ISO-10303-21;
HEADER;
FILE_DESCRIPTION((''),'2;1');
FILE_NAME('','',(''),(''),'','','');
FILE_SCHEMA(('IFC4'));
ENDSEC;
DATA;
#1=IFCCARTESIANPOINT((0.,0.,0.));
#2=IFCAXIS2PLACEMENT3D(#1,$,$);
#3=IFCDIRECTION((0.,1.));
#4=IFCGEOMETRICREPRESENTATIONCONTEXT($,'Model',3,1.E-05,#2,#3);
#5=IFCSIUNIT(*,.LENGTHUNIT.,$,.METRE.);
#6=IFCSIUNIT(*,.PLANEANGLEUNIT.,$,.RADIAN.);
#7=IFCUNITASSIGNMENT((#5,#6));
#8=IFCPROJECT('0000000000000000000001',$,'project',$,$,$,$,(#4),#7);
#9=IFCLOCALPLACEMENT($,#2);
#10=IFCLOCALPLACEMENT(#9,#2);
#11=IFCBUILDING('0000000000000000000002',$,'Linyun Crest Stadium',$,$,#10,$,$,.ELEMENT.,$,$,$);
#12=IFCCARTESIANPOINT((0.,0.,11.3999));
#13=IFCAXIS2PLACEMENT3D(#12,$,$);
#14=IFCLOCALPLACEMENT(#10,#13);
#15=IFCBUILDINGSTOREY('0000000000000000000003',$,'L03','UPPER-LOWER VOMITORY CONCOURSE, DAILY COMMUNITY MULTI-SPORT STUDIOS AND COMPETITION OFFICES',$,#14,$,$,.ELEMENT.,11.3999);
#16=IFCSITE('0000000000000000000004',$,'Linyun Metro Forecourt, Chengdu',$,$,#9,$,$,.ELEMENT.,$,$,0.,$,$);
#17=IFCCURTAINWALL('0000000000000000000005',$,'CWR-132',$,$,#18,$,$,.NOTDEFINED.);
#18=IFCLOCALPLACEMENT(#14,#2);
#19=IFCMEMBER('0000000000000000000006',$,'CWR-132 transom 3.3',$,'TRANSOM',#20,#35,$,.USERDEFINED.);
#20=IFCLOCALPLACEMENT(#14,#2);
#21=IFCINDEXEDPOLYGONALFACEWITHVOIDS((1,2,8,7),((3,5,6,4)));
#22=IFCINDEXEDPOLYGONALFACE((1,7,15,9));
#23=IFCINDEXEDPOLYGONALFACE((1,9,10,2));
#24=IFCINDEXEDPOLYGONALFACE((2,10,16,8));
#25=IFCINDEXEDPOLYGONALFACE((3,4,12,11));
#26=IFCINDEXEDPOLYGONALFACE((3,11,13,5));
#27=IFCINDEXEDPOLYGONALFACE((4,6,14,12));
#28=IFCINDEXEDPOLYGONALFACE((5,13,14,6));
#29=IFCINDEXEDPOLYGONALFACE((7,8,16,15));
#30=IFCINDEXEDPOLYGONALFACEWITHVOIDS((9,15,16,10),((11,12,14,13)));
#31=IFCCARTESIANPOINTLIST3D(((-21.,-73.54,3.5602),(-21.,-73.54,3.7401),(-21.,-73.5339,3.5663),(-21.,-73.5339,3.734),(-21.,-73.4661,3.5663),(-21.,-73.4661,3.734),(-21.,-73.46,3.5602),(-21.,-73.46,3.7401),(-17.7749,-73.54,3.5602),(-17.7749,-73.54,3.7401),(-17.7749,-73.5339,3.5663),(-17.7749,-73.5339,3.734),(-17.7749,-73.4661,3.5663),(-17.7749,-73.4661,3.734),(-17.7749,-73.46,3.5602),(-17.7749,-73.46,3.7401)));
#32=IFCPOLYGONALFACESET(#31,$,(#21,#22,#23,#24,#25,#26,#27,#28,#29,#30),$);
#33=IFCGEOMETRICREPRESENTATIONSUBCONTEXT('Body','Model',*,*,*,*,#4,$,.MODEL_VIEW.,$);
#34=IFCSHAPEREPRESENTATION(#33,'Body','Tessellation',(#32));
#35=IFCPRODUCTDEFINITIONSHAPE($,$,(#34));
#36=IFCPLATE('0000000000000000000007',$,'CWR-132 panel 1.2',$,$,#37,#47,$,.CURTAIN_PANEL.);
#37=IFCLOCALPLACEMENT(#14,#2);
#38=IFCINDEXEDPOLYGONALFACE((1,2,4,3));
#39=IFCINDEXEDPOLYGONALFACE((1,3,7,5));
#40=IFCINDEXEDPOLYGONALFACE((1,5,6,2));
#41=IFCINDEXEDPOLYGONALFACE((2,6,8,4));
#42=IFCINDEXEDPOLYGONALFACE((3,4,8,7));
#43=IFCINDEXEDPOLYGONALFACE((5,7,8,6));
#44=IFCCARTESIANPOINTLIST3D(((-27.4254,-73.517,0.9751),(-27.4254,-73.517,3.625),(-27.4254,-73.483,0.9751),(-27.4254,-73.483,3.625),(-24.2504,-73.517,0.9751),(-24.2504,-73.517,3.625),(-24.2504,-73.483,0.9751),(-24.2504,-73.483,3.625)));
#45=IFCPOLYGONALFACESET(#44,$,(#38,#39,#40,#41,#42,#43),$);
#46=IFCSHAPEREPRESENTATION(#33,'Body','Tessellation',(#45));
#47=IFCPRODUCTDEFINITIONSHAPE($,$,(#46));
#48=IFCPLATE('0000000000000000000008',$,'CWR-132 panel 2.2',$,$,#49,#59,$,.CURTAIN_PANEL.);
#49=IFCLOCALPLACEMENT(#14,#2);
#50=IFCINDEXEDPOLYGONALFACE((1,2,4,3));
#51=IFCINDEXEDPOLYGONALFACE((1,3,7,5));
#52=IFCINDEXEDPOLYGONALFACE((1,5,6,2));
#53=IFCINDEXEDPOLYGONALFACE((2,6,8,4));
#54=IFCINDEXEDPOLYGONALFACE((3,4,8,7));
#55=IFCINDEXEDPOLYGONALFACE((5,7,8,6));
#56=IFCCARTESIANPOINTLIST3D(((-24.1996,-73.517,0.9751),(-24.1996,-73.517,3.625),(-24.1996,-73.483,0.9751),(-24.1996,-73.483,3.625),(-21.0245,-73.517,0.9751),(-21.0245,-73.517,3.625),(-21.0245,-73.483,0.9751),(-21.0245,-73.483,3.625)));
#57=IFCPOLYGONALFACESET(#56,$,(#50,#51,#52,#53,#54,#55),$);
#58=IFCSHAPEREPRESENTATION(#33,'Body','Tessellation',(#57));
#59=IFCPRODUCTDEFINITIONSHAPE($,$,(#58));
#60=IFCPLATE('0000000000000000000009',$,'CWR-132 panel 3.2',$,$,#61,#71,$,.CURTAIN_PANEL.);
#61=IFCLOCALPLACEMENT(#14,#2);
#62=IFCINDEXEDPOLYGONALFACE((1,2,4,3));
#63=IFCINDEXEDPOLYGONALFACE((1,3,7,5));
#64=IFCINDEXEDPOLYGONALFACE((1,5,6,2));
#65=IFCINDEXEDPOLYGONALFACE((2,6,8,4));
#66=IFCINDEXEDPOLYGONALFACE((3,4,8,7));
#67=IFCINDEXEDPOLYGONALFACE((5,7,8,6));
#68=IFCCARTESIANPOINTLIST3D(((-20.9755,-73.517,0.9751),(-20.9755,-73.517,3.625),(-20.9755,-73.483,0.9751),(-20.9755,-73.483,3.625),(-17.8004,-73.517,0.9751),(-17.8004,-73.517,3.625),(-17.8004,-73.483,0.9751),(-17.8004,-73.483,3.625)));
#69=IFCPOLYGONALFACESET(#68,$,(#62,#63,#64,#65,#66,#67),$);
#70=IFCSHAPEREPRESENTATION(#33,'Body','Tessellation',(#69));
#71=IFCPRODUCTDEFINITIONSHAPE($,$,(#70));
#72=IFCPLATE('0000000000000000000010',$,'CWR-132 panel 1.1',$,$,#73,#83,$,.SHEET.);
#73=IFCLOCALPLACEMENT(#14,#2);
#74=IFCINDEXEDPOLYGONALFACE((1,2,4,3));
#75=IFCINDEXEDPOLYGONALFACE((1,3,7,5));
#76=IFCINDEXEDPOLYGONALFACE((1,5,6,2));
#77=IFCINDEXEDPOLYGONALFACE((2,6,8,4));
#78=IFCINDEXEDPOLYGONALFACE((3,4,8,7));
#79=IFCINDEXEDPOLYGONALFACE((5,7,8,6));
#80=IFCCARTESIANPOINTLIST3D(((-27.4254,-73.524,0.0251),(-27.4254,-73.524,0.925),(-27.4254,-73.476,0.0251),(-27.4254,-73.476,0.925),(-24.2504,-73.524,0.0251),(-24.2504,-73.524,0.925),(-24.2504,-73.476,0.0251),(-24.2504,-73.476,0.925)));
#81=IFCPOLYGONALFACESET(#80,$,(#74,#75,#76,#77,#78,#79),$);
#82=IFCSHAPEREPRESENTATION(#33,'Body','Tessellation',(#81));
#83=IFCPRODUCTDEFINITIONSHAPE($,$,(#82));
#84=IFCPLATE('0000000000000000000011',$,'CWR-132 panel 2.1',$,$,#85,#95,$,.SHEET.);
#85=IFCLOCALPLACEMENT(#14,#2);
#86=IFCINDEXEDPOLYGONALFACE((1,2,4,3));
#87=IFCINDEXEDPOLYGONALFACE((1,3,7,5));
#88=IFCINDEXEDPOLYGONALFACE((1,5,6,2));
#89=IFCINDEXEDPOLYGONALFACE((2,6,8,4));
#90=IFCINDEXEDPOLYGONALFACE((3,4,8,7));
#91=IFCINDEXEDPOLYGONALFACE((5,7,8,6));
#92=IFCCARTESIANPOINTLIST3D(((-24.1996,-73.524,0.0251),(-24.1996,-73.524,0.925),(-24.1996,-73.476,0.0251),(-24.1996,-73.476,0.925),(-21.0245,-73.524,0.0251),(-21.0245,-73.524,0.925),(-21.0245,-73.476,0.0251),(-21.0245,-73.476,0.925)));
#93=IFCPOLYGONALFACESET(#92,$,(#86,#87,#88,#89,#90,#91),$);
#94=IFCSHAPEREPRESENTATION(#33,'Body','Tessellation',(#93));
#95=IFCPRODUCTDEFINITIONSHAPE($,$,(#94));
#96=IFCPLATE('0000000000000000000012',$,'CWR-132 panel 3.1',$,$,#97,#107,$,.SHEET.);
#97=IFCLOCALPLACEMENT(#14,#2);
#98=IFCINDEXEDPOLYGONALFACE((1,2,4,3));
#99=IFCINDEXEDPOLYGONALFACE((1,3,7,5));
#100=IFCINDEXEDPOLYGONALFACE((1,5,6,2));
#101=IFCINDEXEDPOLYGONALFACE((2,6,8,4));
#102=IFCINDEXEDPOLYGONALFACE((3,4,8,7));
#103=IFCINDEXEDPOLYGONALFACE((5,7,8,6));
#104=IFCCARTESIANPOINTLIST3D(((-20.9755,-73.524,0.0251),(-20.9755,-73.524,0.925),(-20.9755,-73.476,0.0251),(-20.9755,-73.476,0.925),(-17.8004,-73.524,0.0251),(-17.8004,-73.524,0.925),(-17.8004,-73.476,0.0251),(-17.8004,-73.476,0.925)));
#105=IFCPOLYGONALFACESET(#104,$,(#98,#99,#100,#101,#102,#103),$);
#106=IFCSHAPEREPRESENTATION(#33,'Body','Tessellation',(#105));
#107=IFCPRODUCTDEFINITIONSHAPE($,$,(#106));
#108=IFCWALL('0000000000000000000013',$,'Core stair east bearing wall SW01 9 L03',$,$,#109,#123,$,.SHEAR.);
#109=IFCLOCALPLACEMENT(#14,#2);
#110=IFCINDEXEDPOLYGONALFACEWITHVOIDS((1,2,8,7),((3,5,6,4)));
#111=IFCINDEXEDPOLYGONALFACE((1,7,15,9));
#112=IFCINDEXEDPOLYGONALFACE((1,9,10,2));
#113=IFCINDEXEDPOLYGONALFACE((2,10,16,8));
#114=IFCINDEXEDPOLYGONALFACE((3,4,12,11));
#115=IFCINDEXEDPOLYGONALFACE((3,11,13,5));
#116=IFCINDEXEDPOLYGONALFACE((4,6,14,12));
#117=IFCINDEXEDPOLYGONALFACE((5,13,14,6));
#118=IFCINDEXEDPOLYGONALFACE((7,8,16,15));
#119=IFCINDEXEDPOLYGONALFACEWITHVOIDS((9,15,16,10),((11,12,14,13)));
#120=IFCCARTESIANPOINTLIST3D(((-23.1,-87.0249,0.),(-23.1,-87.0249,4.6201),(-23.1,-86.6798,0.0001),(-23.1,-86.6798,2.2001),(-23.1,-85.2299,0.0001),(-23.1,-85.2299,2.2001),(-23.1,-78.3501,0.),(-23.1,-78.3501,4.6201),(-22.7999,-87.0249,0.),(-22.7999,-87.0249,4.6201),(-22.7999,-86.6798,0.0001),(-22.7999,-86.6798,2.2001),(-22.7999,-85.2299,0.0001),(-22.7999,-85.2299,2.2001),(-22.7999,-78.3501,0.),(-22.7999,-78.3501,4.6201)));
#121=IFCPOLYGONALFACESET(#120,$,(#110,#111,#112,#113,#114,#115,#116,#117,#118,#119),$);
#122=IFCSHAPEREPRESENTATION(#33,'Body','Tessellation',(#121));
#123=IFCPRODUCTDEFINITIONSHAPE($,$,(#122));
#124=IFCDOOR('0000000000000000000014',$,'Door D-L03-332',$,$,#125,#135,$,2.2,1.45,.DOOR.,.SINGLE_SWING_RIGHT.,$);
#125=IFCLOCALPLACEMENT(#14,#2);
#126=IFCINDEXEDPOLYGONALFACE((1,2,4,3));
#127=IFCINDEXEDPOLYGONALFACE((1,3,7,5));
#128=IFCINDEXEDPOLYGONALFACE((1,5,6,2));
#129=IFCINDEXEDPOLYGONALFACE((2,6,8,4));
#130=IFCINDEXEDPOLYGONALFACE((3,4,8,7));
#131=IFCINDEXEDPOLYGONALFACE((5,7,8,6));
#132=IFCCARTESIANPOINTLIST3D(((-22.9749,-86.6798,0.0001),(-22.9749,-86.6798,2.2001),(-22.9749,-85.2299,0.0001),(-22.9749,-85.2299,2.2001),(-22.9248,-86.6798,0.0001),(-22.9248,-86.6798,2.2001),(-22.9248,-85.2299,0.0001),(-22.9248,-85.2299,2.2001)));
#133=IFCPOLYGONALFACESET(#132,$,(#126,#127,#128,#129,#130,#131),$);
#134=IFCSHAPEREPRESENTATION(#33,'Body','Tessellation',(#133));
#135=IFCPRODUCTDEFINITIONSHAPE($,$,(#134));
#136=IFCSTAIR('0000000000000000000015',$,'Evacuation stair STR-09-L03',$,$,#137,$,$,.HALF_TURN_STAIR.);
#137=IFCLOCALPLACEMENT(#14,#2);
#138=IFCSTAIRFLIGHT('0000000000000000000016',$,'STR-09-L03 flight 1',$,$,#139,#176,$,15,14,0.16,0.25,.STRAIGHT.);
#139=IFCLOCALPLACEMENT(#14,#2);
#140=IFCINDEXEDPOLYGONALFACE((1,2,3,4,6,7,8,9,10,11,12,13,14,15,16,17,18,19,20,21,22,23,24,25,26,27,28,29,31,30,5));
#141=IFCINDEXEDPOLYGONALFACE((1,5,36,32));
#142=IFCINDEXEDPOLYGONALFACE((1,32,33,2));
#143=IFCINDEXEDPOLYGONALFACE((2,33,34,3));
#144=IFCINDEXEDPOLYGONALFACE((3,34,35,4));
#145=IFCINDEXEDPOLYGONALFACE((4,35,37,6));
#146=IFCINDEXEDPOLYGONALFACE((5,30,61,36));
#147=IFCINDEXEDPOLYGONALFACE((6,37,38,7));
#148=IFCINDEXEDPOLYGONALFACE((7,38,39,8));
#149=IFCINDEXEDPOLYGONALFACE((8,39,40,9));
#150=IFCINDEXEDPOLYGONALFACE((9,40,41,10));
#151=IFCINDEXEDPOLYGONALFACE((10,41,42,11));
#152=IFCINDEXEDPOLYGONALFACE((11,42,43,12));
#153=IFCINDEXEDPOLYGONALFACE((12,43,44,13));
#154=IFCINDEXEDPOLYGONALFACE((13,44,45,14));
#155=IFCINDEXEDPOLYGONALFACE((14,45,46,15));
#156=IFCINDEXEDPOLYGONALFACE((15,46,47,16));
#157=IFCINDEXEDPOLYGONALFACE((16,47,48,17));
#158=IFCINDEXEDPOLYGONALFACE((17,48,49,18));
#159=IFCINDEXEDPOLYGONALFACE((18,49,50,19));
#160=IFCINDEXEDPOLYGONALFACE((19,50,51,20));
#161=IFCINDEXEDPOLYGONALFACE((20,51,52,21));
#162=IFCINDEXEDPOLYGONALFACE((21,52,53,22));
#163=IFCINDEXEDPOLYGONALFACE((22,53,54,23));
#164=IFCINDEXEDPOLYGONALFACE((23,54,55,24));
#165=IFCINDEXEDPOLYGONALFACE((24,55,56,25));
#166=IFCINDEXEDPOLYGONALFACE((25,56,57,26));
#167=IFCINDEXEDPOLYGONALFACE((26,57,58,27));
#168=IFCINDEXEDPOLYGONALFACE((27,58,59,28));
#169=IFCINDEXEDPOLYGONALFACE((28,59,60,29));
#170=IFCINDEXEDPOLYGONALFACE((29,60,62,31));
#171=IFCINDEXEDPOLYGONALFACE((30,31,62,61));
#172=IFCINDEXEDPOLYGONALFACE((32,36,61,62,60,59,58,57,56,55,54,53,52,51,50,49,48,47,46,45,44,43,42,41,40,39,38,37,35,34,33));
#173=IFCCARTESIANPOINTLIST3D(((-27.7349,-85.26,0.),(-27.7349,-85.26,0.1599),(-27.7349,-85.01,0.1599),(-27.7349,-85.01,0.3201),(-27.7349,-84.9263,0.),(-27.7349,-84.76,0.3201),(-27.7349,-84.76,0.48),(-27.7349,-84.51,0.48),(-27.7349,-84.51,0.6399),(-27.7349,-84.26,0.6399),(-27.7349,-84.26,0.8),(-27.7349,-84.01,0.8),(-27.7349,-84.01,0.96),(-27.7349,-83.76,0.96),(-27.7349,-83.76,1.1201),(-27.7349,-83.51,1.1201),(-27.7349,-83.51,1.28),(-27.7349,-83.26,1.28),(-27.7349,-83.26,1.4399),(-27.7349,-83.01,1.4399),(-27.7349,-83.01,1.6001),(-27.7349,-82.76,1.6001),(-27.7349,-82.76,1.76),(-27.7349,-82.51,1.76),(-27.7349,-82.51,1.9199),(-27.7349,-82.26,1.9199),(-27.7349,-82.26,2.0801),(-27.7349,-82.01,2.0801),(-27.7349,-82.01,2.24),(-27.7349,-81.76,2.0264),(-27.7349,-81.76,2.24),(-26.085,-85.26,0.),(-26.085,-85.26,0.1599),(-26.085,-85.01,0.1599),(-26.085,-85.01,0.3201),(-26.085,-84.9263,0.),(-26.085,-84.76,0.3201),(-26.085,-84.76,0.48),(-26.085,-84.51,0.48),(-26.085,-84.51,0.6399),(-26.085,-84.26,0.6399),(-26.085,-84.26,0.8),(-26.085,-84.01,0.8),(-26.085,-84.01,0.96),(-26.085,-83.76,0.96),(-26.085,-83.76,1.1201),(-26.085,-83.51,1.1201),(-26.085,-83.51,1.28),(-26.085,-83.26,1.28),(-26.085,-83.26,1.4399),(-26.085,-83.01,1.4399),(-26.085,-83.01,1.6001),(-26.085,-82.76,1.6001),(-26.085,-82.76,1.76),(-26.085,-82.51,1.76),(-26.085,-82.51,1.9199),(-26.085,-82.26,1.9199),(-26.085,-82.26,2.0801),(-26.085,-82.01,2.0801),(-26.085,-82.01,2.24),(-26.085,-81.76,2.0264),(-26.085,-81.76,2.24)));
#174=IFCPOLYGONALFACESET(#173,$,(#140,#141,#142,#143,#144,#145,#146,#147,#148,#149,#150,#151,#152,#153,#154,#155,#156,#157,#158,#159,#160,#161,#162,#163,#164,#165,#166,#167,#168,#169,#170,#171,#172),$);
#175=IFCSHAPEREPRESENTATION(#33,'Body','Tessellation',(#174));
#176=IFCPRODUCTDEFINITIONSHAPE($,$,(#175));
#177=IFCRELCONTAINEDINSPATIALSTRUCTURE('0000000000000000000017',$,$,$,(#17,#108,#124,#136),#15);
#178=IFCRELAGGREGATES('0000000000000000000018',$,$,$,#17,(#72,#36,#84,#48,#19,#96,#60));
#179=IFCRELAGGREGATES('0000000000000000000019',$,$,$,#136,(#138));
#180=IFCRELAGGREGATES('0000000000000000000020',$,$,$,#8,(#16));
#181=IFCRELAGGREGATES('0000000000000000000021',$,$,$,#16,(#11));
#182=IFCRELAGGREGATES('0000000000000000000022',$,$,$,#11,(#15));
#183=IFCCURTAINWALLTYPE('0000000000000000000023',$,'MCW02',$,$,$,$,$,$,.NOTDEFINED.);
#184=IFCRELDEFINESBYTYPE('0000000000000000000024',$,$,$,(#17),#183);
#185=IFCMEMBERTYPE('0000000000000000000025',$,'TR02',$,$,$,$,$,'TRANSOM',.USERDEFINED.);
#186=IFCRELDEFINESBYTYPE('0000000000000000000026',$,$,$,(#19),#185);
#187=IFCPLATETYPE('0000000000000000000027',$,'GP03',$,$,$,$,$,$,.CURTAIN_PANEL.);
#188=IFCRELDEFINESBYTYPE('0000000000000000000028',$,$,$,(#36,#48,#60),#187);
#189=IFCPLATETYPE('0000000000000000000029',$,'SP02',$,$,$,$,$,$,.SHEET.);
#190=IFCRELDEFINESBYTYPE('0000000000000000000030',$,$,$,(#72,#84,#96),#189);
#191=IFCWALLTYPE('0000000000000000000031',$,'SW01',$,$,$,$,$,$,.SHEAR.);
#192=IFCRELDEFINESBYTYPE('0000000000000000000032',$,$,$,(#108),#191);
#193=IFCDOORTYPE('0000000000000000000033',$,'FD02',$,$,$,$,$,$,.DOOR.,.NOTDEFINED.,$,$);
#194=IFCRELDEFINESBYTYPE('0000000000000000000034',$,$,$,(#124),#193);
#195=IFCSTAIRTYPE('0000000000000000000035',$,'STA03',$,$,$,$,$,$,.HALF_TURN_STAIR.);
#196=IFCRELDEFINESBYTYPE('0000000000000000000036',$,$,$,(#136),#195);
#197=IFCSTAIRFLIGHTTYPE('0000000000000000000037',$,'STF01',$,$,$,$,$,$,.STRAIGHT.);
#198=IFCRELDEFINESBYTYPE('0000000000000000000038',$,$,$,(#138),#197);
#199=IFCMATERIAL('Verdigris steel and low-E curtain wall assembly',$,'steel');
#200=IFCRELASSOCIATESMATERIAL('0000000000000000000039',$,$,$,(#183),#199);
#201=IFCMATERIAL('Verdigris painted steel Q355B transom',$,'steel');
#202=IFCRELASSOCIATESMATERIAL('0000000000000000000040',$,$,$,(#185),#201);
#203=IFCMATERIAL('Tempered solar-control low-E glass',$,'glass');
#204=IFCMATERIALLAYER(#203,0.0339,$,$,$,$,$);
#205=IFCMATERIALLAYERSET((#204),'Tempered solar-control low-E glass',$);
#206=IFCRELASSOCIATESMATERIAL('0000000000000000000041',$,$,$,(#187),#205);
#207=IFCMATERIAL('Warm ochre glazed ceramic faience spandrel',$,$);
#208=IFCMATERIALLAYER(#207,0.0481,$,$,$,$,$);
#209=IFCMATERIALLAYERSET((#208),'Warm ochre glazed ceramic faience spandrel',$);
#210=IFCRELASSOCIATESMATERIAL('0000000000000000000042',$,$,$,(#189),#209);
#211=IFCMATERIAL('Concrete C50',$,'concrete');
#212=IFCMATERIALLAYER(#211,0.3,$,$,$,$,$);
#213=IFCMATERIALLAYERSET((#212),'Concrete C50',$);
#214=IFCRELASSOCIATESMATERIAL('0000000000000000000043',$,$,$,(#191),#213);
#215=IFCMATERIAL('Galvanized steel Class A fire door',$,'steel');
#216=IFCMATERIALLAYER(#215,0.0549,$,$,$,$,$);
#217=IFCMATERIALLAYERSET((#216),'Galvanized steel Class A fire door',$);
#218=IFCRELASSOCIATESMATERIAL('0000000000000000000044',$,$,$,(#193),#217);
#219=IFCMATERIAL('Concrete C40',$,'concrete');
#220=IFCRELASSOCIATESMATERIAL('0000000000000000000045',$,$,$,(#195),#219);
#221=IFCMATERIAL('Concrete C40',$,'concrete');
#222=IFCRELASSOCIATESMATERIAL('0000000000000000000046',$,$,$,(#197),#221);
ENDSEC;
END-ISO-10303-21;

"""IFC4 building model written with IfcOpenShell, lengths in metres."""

from ifc_helpers import new_model, si_unit, direction, frame, frame_2d, origin, origin_2d, place, context, subcontext, project, spatial, polyline, rectangle, hollow_rectangle, outline, extrude, material, layer, layer_set, material_profile, profile_set, type_object, element, fill, aggregate, save


model = new_model("IFC4")

# Units and contexts
model_context = context("Model", 3, precision=1e-05, world=origin(), true_north=direction((0.0, 1.0)))
body_context = subcontext(model_context, "Body", "Model", "MODEL_VIEW")
ifc_project = project(units=[si_unit("LENGTHUNIT", "METRE"), si_unit("PLANEANGLEUNIT", "RADIAN")], contexts=[model_context])

# Site, building, storey
site_placement = place(None, origin())
site = spatial("IfcSite", under=ifc_project, at=site_placement, Name="Linyun Metro Forecourt, Chengdu", CompositionType="ELEMENT", RefElevation=0.0)
building_placement = place(site_placement, origin())
building = spatial("IfcBuilding", under=site, at=building_placement, Name="Linyun Crest Stadium", CompositionType="ELEMENT")
storey_placement = place(building_placement, frame((0.0, 0.0, 11.3999)))
storey = spatial("IfcBuildingStorey", under=building, at=storey_placement, Name="L03", Description="UPPER-LOWER VOMITORY CONCOURSE, DAILY COMMUNITY MULTI-SPORT STUDIOS AND COMPETITION OFFICES", CompositionType="ELEMENT", Elevation=11.3999)

# Curtain wall, member, plates
ifc_material_1 = material(Name="Verdigris steel and low-E curtain wall assembly", Category="steel")
curtain_wall_type = type_object("IfcCurtainWallType", Name="MCW02", PredefinedType="NOTDEFINED", material=ifc_material_1)
curtain_wall_placement = place(storey_placement, origin())
curtain_wall = element("IfcCurtainWall", 1, at=curtain_wall_placement, inside=storey, type_object=curtain_wall_type, Name="CWR-132", PredefinedType="NOTDEFINED")
ifc_material_2 = material(Name="Verdigris painted steel Q355B transom", Category="steel")
ifc_material_profile_1 = material_profile(ifc_material_2, hollow_rectangle(XDim=0.0801, YDim=0.1799, WallThickness=0.0061, at=origin_2d()), Name="RHS 180x80x6")
ifc_profile_set_1 = profile_set([ifc_material_profile_1], Name="Verdigris painted steel Q355B transom")
member_type_1 = type_object("IfcMemberType", Name="TR02", ElementType="TRANSOM", PredefinedType="USERDEFINED", material=ifc_profile_set_1)
member_1_placement = place(storey_placement, frame((-21.0, -73.5, 3.6501), z_axis=(1.0, 0.0, 0.0), x_axis=(0.0, 1.0, 0.0)))
member_1 = element("IfcMember", 2, at=member_1_placement, type_object=member_type_1, Name="CWR-132 transom 3.3", ObjectType="TRANSOM", PredefinedType="USERDEFINED", context=body_context, shape_type="SweptSolid", body=[
    extrude(hollow_rectangle(XDim=0.0801, YDim=0.1799, WallThickness=0.0061, at=origin_2d()), origin(), (0.0, 0.0, 1.0), 3.2251),
])
ifc_material_3 = material(Name="Tempered solar-control low-E glass", Category="glass")
ifc_layer_1 = layer(ifc_material_3, 0.0339)
ifc_layer_set_1 = layer_set([ifc_layer_1], Name="Tempered solar-control low-E glass")
plate_type_1 = type_object("IfcPlateType", Name="GP03", PredefinedType="CURTAIN_PANEL", material=ifc_layer_set_1)
plate_1_placement = place(storey_placement, frame((-25.8379, -73.5, 0.9751), z_axis=(0.0, 0.0, 1.0), x_axis=(1.0, 0.0, 0.0)))
plate_1 = element("IfcPlate", 3, at=plate_1_placement, type_object=plate_type_1, Name="CWR-132 panel 1.2", PredefinedType="CURTAIN_PANEL", context=body_context, shape_type="SweptSolid", body=[
    extrude(rectangle(XDim=3.175, YDim=0.0339, at=origin_2d()), origin(), (0.0, 0.0, 1.0), 2.6499),
])
plate_2_placement = place(storey_placement, frame((-22.6121, -73.5, 0.9751), z_axis=(0.0, 0.0, 1.0), x_axis=(1.0, 0.0, 0.0)))
plate_2 = element("IfcPlate", 4, at=plate_2_placement, type_object=plate_type_1, Name="CWR-132 panel 2.2", PredefinedType="CURTAIN_PANEL", context=body_context, shape_type="SweptSolid", body=[
    extrude(rectangle(XDim=3.175, YDim=0.0339, at=origin_2d()), origin(), (0.0, 0.0, 1.0), 2.6499),
])
plate_3_placement = place(storey_placement, frame((-19.3879, -73.5, 0.9751), z_axis=(0.0, 0.0, 1.0), x_axis=(1.0, 0.0, 0.0)))
plate_3 = element("IfcPlate", 5, at=plate_3_placement, type_object=plate_type_1, Name="CWR-132 panel 3.2", PredefinedType="CURTAIN_PANEL", context=body_context, shape_type="SweptSolid", body=[
    extrude(rectangle(XDim=3.175, YDim=0.0339, at=origin_2d()), origin(), (0.0, 0.0, 1.0), 2.6499),
])
ifc_material_4 = material(Name="Warm ochre glazed ceramic faience spandrel")
ifc_layer_2 = layer(ifc_material_4, 0.0481)
ifc_layer_set_2 = layer_set([ifc_layer_2], Name="Warm ochre glazed ceramic faience spandrel")
plate_type_2 = type_object("IfcPlateType", Name="SP02", PredefinedType="SHEET", material=ifc_layer_set_2)
plate_4_placement = place(storey_placement, frame((-25.8379, -73.5, 0.0251), z_axis=(0.0, 0.0, 1.0), x_axis=(1.0, 0.0, 0.0)))
plate_4 = element("IfcPlate", 6, at=plate_4_placement, type_object=plate_type_2, Name="CWR-132 panel 1.1", PredefinedType="SHEET", context=body_context, shape_type="SweptSolid", body=[
    extrude(rectangle(XDim=3.175, YDim=0.0481, at=origin_2d()), origin(), (0.0, 0.0, 1.0), 0.8999),
])
plate_5_placement = place(storey_placement, frame((-22.6121, -73.5, 0.0251), z_axis=(0.0, 0.0, 1.0), x_axis=(1.0, 0.0, 0.0)))
plate_5 = element("IfcPlate", 7, at=plate_5_placement, type_object=plate_type_2, Name="CWR-132 panel 2.1", PredefinedType="SHEET", context=body_context, shape_type="SweptSolid", body=[
    extrude(rectangle(XDim=3.175, YDim=0.0481, at=origin_2d()), origin(), (0.0, 0.0, 1.0), 0.8999),
])
plate_6_placement = place(storey_placement, frame((-19.3879, -73.5, 0.0251), z_axis=(0.0, 0.0, 1.0), x_axis=(1.0, 0.0, 0.0)))
plate_6 = element("IfcPlate", 8, at=plate_6_placement, type_object=plate_type_2, Name="CWR-132 panel 3.1", PredefinedType="SHEET", context=body_context, shape_type="SweptSolid", body=[
    extrude(rectangle(XDim=3.175, YDim=0.0481, at=origin_2d()), origin(), (0.0, 0.0, 1.0), 0.8999),
])
aggregate(curtain_wall, [plate_4, plate_1, plate_5, plate_2, member_1, plate_6, plate_3])

# Wall, opening, door
ifc_material_5 = material(Name="Concrete C50", Category="concrete")
ifc_layer_3 = layer(ifc_material_5, 0.3)
ifc_layer_set_3 = layer_set([ifc_layer_3], Name="Concrete C50")
wall_type = type_object("IfcWallType", Name="SW01", PredefinedType="SHEAR", material=ifc_layer_set_3)
wall_placement = place(storey_placement, frame((-22.95, -87.0249, 0.0), z_axis=(0.0, 0.0, 1.0), x_axis=(0.0, 1.0, 0.0)))
wall = element("IfcWall", 9, at=wall_placement, inside=storey, type_object=wall_type, Name="Core stair east bearing wall SW01 9 L03", PredefinedType="SHEAR", context=body_context, shape_type="SweptSolid", body=[
    extrude(rectangle(XDim=8.6748, YDim=0.3, at=frame_2d((4.3374, 0.0))), origin(), (0.0, 0.0, 1.0), 4.6201),
])
opening_placement = place(wall_placement, frame((0.345, 0.0, 0.0)))
opening = element("IfcOpeningElement", 10, at=opening_placement, cuts=wall, PredefinedType="OPENING", context=body_context, shape_type="SweptSolid", body=[
    extrude(rectangle(XDim=1.45, YDim=2.2, at=frame_2d((0.7251, 1.1001))), frame((0.0, 0.1599, 0.0), z_axis=(0.0, -1.0, 0.0), x_axis=(1.0, 0.0, 0.0)), (0.0, 0.0, 1.0), 0.3201),
])
ifc_material_6 = material(Name="Galvanized steel Class A fire door", Category="steel")
ifc_layer_4 = layer(ifc_material_6, 0.0549)
ifc_layer_set_4 = layer_set([ifc_layer_4], Name="Galvanized steel Class A fire door")
door_type = type_object("IfcDoorType", Name="FD02", OperationType="NOTDEFINED", PredefinedType="DOOR", material=ifc_layer_set_4)
door_placement = place(opening_placement, origin())
door = element("IfcDoor", 11, at=door_placement, inside=storey, type_object=door_type, Name="Door D-L03-332", OperationType="SINGLE_SWING_RIGHT", OverallHeight=2.2, OverallWidth=1.45, PredefinedType="DOOR", context=body_context, shape_type="SweptSolid", body=[
    extrude(rectangle(XDim=1.45, YDim=2.2, at=frame_2d((0.7251, 1.1001))), frame((0.0, 0.0249, 0.0), z_axis=(0.0, -1.0, 0.0), x_axis=(1.0, 0.0, 0.0)), (0.0, 0.0, 1.0), 0.05),
])
fill(opening, door)

# Stair, stair flight
ifc_material_7 = material(Name="Concrete C40", Category="concrete")
stair_type = type_object("IfcStairType", Name="STA03", PredefinedType="HALF_TURN_STAIR", material=ifc_material_7)
stair_placement = place(storey_placement, origin())
stair = element("IfcStair", 12, at=stair_placement, inside=storey, type_object=stair_type, Name="Evacuation stair STR-09-L03", PredefinedType="HALF_TURN_STAIR")
ifc_material_8 = material(Name="Concrete C40", Category="concrete")
stair_flight_type = type_object("IfcStairFlightType", Name="STF01", PredefinedType="STRAIGHT", material=ifc_material_8)
stair_flight_1_placement = place(storey_placement, frame((-26.9099, -85.26, 0.0), z_axis=(0.0, 0.0, 1.0), x_axis=(0.0, 1.0, 0.0)))
stair_flight_1 = element("IfcStairFlight", 13, at=stair_flight_1_placement, type_object=stair_flight_type, Name="STR-09-L03 flight 1", NumberOfRisers=15, NumberOfTreads=14, PredefinedType="STRAIGHT", RiserHeight=0.16, TreadLength=0.25, context=body_context, shape_type="SweptSolid", body=[
    extrude(outline(polyline([(0.0, 0.0), (0.0, 0.1599), (0.25, 0.1599), (0.25, 0.3201), (0.5, 0.3201), (0.5, 0.48), (0.75, 0.48), (0.75, 0.6399), (1.0, 0.6399), (1.0, 0.8), (1.25, 0.8), (1.25, 0.96), (1.5, 0.96), (1.5, 1.1201), (1.75, 1.1201), (1.75, 1.28), (2.0, 1.28), (2.0, 1.4399), (2.25, 1.4399), (2.25, 1.6001), (2.5, 1.6001), (2.5, 1.76), (2.75, 1.76), (2.75, 1.9199), (3.0, 1.9199), (3.0, 2.0801), (3.25, 2.0801), (3.25, 2.24), (3.5, 2.24), (3.5, 2.3999), (3.5, 2.0264), (0.3337, 0.0), (0.0, 0.0)])), frame((0.0, 0.825, 0.0), z_axis=(0.0, -1.0, 0.0), x_axis=(1.0, 0.0, 0.0)), (0.0, 0.0, 1.0), 1.6499),
])
aggregate(stair, [stair_flight_1])

save(model, "model.ifc")
